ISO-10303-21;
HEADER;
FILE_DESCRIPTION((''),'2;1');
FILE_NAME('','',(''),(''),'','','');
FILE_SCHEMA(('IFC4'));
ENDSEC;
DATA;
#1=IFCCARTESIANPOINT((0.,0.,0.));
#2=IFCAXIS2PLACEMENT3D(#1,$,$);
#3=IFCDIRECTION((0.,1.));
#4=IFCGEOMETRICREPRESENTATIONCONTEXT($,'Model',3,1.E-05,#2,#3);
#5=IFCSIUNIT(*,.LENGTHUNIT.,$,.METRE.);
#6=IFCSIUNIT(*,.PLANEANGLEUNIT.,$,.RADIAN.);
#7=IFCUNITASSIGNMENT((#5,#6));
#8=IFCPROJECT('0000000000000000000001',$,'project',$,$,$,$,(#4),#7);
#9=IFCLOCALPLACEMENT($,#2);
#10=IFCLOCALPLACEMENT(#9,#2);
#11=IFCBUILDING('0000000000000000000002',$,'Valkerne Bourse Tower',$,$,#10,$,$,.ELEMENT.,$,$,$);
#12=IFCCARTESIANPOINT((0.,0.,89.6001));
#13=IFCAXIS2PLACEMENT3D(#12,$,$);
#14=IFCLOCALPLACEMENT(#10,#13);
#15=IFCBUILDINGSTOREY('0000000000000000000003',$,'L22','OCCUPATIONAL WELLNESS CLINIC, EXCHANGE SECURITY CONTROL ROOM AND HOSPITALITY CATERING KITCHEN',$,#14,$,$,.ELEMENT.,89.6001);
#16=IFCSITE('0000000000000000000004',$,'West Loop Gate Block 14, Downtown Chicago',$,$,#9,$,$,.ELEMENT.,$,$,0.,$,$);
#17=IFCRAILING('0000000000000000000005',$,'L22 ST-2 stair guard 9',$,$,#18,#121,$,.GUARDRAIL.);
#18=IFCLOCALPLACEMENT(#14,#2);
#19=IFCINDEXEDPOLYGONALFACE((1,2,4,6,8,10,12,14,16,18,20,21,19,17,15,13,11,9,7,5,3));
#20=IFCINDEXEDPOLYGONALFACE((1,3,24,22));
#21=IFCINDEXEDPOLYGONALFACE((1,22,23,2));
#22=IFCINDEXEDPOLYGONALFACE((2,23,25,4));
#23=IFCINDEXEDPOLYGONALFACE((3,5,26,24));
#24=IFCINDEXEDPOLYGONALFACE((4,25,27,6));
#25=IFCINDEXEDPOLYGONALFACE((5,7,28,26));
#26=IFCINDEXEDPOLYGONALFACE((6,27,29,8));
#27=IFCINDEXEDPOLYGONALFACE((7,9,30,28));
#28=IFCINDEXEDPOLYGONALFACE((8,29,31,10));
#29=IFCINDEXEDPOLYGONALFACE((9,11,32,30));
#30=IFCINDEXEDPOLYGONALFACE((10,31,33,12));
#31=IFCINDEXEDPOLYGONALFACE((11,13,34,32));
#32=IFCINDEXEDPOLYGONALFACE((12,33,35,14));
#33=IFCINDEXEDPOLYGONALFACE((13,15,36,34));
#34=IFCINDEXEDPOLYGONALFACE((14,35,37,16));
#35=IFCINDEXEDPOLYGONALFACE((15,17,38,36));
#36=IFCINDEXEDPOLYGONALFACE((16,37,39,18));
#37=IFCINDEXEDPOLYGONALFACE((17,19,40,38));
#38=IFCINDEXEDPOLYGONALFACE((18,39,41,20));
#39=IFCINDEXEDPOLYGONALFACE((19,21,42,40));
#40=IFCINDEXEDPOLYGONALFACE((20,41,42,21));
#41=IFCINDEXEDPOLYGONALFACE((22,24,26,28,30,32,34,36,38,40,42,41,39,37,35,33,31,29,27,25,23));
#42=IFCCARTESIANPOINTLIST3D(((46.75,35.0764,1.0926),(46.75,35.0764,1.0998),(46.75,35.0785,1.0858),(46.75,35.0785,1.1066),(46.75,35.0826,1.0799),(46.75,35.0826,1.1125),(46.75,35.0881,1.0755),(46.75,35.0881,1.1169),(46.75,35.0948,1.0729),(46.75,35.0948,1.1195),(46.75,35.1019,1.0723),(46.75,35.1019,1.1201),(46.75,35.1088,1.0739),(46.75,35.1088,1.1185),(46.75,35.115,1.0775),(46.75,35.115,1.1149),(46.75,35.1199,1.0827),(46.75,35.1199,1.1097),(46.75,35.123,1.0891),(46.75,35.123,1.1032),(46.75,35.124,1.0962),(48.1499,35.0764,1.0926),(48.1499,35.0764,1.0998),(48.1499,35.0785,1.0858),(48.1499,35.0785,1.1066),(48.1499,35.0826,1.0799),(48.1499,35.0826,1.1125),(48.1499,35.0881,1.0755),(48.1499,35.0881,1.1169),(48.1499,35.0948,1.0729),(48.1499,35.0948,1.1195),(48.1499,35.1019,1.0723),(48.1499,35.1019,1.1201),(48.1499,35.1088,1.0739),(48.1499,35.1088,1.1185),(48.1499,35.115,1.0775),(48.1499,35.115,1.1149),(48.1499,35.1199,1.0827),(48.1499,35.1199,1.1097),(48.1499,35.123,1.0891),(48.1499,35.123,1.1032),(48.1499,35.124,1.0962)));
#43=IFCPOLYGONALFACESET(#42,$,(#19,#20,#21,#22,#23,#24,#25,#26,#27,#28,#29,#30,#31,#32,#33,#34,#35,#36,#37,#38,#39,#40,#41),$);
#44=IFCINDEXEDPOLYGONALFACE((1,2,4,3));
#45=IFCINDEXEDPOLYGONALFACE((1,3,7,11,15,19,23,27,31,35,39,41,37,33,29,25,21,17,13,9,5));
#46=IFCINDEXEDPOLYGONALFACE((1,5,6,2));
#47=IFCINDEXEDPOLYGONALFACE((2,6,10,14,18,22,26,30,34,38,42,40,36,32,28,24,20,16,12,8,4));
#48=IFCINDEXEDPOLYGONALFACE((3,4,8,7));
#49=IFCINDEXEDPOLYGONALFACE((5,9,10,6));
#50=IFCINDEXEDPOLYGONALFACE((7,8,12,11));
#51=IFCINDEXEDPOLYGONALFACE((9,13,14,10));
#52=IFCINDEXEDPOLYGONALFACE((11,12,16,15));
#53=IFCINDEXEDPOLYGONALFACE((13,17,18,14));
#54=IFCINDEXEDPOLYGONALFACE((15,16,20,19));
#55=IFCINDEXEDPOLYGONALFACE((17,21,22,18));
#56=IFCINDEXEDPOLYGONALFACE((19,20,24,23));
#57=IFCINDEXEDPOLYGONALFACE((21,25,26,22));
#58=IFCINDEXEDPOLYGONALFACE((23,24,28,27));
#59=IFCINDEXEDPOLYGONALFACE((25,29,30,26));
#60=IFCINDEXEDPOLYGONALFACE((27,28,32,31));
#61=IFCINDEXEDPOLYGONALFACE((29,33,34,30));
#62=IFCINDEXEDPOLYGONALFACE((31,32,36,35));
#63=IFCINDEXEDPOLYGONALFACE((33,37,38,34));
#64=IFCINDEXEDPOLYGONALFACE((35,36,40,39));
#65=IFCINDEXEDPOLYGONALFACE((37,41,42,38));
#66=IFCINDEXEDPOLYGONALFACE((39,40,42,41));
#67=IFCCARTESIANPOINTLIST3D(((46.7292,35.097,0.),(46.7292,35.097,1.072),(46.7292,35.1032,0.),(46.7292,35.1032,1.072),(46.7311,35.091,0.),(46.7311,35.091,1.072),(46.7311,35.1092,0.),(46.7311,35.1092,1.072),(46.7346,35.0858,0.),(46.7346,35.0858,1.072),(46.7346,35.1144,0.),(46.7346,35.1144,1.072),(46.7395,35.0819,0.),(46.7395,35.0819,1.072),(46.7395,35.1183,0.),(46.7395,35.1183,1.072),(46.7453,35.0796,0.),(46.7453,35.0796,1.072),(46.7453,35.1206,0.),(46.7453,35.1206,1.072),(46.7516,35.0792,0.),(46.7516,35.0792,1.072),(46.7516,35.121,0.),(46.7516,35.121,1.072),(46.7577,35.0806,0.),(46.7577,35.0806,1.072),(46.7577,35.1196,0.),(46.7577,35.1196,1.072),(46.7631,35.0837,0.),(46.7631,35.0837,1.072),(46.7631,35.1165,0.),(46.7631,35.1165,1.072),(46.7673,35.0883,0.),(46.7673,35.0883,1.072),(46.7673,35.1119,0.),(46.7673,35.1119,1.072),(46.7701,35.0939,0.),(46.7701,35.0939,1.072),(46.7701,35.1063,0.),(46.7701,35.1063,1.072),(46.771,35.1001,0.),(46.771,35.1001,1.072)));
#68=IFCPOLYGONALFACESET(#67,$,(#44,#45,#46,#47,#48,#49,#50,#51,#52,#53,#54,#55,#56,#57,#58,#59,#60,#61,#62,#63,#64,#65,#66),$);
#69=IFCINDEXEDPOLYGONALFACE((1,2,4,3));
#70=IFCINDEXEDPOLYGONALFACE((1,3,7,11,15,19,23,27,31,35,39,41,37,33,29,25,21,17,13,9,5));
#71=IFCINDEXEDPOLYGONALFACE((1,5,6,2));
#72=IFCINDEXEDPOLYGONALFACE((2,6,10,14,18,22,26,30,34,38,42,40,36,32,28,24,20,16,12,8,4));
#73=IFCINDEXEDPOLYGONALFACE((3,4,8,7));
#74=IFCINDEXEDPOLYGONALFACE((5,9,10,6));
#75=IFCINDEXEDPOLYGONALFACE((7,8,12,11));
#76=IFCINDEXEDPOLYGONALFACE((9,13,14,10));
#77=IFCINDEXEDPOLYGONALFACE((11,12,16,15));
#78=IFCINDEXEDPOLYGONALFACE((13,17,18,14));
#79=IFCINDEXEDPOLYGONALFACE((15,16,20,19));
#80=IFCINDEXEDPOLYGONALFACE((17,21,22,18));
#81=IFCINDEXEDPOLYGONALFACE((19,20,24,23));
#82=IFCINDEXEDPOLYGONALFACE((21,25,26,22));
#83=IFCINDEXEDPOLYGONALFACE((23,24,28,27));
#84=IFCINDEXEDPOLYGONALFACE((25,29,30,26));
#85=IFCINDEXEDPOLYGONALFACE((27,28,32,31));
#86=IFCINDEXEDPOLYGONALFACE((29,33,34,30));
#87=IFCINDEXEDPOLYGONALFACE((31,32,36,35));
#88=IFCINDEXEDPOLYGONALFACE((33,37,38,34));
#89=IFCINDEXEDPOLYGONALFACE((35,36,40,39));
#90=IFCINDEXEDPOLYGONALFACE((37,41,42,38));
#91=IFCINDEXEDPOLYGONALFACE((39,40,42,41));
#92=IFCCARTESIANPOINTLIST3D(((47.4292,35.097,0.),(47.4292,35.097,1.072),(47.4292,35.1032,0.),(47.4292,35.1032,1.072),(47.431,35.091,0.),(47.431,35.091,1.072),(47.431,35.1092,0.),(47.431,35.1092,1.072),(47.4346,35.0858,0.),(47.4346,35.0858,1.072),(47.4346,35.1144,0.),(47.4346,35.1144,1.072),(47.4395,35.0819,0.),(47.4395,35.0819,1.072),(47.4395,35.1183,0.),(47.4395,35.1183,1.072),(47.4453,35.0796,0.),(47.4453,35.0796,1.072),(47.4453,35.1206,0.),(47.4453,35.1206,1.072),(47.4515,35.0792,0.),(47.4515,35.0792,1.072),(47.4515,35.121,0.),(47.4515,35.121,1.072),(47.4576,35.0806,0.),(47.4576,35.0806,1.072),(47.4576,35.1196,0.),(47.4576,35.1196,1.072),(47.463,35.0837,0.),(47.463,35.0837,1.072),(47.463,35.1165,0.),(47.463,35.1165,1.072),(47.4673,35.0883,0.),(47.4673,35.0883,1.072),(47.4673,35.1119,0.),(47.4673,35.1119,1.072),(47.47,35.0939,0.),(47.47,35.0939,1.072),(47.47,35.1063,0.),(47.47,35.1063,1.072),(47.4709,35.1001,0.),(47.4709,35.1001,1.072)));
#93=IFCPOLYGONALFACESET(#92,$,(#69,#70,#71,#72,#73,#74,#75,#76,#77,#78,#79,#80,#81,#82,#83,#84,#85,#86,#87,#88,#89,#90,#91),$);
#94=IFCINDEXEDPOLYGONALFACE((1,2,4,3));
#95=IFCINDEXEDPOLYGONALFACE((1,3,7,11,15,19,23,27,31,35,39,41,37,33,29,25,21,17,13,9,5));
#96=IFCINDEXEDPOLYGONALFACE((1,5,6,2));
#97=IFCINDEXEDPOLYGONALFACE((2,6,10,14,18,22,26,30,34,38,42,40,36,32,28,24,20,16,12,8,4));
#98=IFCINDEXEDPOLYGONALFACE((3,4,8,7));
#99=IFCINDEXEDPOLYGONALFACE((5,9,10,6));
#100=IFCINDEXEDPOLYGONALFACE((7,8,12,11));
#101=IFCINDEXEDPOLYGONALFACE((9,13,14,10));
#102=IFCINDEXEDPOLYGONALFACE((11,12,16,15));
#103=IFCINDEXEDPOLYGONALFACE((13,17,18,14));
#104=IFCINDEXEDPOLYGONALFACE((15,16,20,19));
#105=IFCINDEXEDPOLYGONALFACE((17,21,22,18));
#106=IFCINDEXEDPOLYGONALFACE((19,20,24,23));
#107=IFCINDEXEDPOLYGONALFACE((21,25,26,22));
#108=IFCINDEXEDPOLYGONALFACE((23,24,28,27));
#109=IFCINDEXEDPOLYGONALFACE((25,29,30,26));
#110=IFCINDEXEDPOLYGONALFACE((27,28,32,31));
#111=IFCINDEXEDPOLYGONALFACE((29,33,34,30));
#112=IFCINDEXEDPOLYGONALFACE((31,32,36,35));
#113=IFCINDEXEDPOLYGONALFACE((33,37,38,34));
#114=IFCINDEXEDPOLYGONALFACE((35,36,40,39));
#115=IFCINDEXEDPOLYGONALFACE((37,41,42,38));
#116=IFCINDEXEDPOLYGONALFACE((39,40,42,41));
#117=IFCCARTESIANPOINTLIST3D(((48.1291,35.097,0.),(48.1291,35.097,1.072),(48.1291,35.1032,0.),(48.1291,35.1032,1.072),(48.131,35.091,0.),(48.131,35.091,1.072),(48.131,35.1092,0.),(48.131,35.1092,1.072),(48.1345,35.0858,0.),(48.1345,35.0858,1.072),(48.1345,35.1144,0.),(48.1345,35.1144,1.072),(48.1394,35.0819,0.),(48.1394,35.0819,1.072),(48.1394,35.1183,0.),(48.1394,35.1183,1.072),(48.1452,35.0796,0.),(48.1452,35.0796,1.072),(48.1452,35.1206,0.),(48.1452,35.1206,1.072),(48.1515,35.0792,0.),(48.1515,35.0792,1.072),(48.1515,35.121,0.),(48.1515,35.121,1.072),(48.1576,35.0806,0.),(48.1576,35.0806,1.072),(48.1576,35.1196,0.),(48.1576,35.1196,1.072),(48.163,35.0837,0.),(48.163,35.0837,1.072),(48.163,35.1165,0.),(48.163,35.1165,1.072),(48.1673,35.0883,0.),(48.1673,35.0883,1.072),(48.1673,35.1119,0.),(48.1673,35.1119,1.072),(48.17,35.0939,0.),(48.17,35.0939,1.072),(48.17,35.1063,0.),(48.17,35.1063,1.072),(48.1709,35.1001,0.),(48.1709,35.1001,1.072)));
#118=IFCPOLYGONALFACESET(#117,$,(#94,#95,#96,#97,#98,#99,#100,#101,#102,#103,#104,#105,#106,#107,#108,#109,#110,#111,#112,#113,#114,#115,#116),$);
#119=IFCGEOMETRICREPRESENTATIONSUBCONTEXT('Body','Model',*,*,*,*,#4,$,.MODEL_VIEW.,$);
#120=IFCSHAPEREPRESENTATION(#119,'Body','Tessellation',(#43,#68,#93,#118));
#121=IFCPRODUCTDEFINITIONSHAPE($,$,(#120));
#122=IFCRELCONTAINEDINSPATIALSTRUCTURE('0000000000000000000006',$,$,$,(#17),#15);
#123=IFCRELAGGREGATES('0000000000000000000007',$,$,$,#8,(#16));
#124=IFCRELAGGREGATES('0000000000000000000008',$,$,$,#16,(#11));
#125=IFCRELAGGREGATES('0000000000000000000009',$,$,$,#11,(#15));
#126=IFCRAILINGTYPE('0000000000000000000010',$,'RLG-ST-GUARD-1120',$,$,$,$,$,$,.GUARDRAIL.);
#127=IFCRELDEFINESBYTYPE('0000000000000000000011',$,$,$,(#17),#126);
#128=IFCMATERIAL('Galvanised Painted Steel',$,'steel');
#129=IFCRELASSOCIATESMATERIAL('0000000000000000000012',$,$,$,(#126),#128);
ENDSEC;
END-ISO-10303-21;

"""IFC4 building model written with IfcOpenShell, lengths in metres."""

from ifc_helpers import new_model, si_unit, direction, frame, origin, origin_2d, place, context, subcontext, project, spatial, circle, extrude, material, type_object, element, save


model = new_model("IFC4")

# Units and contexts
model_context = context("Model", 3, precision=1e-05, world=origin(), true_north=direction((0.0, 1.0)))
body_context = subcontext(model_context, "Body", "Model", "MODEL_VIEW")
ifc_project = project(units=[si_unit("LENGTHUNIT", "METRE"), si_unit("PLANEANGLEUNIT", "RADIAN")], contexts=[model_context])

# Site, building, storey
site_placement = place(None, origin())
site = spatial("IfcSite", under=ifc_project, at=site_placement, Name="West Loop Gate Block 14, Downtown Chicago", CompositionType="ELEMENT", RefElevation=0.0)
building_placement = place(site_placement, origin())
building = spatial("IfcBuilding", under=site, at=building_placement, Name="Valkerne Bourse Tower", CompositionType="ELEMENT")
storey_placement = place(building_placement, frame((0.0, 0.0, 89.6001)))
storey = spatial("IfcBuildingStorey", under=building, at=storey_placement, Name="L22", Description="OCCUPATIONAL WELLNESS CLINIC, EXCHANGE SECURITY CONTROL ROOM AND HOSPITALITY CATERING KITCHEN", CompositionType="ELEMENT", Elevation=89.6001)

# Shared definitions
ifc_material_1 = material(Name="Galvanised Painted Steel", Category="steel")

# Railing
railing_type_1 = type_object("IfcRailingType", Name="RLG-ST-GUARD-1120", PredefinedType="GUARDRAIL", material=ifc_material_1)
for number, where, name in (
    (1, (46.75, 35.1001, 0.0), "L22 ST-2 stair guard 9"),
):
    element("IfcRailing", number, at=place(storey_placement, frame(where)), inside=storey, type_object=railing_type_1, Name=name, PredefinedType="GUARDRAIL", context=body_context, shape_type="SweptSolid", body=[
        extrude(circle(Radius=0.0239, at=origin_2d()), frame((0.0, 0.0, 1.0962), z_axis=(1.0, 0.0, 0.0), x_axis=(0.0, 1.0, 0.0)), (0.0, 0.0, 1.0), 1.3999),
        extrude(circle(Radius=0.021, at=origin_2d()), origin(), (0.0, 0.0, 1.0), 1.072),
        extrude(circle(Radius=0.021, at=origin_2d()), frame((0.7, 0.0, 0.0)), (0.0, 0.0, 1.0), 1.072),
        extrude(circle(Radius=0.021, at=origin_2d()), frame((1.3999, 0.0, 0.0)), (0.0, 0.0, 1.0), 1.072),
    ])

save(model, "model.ifc")
